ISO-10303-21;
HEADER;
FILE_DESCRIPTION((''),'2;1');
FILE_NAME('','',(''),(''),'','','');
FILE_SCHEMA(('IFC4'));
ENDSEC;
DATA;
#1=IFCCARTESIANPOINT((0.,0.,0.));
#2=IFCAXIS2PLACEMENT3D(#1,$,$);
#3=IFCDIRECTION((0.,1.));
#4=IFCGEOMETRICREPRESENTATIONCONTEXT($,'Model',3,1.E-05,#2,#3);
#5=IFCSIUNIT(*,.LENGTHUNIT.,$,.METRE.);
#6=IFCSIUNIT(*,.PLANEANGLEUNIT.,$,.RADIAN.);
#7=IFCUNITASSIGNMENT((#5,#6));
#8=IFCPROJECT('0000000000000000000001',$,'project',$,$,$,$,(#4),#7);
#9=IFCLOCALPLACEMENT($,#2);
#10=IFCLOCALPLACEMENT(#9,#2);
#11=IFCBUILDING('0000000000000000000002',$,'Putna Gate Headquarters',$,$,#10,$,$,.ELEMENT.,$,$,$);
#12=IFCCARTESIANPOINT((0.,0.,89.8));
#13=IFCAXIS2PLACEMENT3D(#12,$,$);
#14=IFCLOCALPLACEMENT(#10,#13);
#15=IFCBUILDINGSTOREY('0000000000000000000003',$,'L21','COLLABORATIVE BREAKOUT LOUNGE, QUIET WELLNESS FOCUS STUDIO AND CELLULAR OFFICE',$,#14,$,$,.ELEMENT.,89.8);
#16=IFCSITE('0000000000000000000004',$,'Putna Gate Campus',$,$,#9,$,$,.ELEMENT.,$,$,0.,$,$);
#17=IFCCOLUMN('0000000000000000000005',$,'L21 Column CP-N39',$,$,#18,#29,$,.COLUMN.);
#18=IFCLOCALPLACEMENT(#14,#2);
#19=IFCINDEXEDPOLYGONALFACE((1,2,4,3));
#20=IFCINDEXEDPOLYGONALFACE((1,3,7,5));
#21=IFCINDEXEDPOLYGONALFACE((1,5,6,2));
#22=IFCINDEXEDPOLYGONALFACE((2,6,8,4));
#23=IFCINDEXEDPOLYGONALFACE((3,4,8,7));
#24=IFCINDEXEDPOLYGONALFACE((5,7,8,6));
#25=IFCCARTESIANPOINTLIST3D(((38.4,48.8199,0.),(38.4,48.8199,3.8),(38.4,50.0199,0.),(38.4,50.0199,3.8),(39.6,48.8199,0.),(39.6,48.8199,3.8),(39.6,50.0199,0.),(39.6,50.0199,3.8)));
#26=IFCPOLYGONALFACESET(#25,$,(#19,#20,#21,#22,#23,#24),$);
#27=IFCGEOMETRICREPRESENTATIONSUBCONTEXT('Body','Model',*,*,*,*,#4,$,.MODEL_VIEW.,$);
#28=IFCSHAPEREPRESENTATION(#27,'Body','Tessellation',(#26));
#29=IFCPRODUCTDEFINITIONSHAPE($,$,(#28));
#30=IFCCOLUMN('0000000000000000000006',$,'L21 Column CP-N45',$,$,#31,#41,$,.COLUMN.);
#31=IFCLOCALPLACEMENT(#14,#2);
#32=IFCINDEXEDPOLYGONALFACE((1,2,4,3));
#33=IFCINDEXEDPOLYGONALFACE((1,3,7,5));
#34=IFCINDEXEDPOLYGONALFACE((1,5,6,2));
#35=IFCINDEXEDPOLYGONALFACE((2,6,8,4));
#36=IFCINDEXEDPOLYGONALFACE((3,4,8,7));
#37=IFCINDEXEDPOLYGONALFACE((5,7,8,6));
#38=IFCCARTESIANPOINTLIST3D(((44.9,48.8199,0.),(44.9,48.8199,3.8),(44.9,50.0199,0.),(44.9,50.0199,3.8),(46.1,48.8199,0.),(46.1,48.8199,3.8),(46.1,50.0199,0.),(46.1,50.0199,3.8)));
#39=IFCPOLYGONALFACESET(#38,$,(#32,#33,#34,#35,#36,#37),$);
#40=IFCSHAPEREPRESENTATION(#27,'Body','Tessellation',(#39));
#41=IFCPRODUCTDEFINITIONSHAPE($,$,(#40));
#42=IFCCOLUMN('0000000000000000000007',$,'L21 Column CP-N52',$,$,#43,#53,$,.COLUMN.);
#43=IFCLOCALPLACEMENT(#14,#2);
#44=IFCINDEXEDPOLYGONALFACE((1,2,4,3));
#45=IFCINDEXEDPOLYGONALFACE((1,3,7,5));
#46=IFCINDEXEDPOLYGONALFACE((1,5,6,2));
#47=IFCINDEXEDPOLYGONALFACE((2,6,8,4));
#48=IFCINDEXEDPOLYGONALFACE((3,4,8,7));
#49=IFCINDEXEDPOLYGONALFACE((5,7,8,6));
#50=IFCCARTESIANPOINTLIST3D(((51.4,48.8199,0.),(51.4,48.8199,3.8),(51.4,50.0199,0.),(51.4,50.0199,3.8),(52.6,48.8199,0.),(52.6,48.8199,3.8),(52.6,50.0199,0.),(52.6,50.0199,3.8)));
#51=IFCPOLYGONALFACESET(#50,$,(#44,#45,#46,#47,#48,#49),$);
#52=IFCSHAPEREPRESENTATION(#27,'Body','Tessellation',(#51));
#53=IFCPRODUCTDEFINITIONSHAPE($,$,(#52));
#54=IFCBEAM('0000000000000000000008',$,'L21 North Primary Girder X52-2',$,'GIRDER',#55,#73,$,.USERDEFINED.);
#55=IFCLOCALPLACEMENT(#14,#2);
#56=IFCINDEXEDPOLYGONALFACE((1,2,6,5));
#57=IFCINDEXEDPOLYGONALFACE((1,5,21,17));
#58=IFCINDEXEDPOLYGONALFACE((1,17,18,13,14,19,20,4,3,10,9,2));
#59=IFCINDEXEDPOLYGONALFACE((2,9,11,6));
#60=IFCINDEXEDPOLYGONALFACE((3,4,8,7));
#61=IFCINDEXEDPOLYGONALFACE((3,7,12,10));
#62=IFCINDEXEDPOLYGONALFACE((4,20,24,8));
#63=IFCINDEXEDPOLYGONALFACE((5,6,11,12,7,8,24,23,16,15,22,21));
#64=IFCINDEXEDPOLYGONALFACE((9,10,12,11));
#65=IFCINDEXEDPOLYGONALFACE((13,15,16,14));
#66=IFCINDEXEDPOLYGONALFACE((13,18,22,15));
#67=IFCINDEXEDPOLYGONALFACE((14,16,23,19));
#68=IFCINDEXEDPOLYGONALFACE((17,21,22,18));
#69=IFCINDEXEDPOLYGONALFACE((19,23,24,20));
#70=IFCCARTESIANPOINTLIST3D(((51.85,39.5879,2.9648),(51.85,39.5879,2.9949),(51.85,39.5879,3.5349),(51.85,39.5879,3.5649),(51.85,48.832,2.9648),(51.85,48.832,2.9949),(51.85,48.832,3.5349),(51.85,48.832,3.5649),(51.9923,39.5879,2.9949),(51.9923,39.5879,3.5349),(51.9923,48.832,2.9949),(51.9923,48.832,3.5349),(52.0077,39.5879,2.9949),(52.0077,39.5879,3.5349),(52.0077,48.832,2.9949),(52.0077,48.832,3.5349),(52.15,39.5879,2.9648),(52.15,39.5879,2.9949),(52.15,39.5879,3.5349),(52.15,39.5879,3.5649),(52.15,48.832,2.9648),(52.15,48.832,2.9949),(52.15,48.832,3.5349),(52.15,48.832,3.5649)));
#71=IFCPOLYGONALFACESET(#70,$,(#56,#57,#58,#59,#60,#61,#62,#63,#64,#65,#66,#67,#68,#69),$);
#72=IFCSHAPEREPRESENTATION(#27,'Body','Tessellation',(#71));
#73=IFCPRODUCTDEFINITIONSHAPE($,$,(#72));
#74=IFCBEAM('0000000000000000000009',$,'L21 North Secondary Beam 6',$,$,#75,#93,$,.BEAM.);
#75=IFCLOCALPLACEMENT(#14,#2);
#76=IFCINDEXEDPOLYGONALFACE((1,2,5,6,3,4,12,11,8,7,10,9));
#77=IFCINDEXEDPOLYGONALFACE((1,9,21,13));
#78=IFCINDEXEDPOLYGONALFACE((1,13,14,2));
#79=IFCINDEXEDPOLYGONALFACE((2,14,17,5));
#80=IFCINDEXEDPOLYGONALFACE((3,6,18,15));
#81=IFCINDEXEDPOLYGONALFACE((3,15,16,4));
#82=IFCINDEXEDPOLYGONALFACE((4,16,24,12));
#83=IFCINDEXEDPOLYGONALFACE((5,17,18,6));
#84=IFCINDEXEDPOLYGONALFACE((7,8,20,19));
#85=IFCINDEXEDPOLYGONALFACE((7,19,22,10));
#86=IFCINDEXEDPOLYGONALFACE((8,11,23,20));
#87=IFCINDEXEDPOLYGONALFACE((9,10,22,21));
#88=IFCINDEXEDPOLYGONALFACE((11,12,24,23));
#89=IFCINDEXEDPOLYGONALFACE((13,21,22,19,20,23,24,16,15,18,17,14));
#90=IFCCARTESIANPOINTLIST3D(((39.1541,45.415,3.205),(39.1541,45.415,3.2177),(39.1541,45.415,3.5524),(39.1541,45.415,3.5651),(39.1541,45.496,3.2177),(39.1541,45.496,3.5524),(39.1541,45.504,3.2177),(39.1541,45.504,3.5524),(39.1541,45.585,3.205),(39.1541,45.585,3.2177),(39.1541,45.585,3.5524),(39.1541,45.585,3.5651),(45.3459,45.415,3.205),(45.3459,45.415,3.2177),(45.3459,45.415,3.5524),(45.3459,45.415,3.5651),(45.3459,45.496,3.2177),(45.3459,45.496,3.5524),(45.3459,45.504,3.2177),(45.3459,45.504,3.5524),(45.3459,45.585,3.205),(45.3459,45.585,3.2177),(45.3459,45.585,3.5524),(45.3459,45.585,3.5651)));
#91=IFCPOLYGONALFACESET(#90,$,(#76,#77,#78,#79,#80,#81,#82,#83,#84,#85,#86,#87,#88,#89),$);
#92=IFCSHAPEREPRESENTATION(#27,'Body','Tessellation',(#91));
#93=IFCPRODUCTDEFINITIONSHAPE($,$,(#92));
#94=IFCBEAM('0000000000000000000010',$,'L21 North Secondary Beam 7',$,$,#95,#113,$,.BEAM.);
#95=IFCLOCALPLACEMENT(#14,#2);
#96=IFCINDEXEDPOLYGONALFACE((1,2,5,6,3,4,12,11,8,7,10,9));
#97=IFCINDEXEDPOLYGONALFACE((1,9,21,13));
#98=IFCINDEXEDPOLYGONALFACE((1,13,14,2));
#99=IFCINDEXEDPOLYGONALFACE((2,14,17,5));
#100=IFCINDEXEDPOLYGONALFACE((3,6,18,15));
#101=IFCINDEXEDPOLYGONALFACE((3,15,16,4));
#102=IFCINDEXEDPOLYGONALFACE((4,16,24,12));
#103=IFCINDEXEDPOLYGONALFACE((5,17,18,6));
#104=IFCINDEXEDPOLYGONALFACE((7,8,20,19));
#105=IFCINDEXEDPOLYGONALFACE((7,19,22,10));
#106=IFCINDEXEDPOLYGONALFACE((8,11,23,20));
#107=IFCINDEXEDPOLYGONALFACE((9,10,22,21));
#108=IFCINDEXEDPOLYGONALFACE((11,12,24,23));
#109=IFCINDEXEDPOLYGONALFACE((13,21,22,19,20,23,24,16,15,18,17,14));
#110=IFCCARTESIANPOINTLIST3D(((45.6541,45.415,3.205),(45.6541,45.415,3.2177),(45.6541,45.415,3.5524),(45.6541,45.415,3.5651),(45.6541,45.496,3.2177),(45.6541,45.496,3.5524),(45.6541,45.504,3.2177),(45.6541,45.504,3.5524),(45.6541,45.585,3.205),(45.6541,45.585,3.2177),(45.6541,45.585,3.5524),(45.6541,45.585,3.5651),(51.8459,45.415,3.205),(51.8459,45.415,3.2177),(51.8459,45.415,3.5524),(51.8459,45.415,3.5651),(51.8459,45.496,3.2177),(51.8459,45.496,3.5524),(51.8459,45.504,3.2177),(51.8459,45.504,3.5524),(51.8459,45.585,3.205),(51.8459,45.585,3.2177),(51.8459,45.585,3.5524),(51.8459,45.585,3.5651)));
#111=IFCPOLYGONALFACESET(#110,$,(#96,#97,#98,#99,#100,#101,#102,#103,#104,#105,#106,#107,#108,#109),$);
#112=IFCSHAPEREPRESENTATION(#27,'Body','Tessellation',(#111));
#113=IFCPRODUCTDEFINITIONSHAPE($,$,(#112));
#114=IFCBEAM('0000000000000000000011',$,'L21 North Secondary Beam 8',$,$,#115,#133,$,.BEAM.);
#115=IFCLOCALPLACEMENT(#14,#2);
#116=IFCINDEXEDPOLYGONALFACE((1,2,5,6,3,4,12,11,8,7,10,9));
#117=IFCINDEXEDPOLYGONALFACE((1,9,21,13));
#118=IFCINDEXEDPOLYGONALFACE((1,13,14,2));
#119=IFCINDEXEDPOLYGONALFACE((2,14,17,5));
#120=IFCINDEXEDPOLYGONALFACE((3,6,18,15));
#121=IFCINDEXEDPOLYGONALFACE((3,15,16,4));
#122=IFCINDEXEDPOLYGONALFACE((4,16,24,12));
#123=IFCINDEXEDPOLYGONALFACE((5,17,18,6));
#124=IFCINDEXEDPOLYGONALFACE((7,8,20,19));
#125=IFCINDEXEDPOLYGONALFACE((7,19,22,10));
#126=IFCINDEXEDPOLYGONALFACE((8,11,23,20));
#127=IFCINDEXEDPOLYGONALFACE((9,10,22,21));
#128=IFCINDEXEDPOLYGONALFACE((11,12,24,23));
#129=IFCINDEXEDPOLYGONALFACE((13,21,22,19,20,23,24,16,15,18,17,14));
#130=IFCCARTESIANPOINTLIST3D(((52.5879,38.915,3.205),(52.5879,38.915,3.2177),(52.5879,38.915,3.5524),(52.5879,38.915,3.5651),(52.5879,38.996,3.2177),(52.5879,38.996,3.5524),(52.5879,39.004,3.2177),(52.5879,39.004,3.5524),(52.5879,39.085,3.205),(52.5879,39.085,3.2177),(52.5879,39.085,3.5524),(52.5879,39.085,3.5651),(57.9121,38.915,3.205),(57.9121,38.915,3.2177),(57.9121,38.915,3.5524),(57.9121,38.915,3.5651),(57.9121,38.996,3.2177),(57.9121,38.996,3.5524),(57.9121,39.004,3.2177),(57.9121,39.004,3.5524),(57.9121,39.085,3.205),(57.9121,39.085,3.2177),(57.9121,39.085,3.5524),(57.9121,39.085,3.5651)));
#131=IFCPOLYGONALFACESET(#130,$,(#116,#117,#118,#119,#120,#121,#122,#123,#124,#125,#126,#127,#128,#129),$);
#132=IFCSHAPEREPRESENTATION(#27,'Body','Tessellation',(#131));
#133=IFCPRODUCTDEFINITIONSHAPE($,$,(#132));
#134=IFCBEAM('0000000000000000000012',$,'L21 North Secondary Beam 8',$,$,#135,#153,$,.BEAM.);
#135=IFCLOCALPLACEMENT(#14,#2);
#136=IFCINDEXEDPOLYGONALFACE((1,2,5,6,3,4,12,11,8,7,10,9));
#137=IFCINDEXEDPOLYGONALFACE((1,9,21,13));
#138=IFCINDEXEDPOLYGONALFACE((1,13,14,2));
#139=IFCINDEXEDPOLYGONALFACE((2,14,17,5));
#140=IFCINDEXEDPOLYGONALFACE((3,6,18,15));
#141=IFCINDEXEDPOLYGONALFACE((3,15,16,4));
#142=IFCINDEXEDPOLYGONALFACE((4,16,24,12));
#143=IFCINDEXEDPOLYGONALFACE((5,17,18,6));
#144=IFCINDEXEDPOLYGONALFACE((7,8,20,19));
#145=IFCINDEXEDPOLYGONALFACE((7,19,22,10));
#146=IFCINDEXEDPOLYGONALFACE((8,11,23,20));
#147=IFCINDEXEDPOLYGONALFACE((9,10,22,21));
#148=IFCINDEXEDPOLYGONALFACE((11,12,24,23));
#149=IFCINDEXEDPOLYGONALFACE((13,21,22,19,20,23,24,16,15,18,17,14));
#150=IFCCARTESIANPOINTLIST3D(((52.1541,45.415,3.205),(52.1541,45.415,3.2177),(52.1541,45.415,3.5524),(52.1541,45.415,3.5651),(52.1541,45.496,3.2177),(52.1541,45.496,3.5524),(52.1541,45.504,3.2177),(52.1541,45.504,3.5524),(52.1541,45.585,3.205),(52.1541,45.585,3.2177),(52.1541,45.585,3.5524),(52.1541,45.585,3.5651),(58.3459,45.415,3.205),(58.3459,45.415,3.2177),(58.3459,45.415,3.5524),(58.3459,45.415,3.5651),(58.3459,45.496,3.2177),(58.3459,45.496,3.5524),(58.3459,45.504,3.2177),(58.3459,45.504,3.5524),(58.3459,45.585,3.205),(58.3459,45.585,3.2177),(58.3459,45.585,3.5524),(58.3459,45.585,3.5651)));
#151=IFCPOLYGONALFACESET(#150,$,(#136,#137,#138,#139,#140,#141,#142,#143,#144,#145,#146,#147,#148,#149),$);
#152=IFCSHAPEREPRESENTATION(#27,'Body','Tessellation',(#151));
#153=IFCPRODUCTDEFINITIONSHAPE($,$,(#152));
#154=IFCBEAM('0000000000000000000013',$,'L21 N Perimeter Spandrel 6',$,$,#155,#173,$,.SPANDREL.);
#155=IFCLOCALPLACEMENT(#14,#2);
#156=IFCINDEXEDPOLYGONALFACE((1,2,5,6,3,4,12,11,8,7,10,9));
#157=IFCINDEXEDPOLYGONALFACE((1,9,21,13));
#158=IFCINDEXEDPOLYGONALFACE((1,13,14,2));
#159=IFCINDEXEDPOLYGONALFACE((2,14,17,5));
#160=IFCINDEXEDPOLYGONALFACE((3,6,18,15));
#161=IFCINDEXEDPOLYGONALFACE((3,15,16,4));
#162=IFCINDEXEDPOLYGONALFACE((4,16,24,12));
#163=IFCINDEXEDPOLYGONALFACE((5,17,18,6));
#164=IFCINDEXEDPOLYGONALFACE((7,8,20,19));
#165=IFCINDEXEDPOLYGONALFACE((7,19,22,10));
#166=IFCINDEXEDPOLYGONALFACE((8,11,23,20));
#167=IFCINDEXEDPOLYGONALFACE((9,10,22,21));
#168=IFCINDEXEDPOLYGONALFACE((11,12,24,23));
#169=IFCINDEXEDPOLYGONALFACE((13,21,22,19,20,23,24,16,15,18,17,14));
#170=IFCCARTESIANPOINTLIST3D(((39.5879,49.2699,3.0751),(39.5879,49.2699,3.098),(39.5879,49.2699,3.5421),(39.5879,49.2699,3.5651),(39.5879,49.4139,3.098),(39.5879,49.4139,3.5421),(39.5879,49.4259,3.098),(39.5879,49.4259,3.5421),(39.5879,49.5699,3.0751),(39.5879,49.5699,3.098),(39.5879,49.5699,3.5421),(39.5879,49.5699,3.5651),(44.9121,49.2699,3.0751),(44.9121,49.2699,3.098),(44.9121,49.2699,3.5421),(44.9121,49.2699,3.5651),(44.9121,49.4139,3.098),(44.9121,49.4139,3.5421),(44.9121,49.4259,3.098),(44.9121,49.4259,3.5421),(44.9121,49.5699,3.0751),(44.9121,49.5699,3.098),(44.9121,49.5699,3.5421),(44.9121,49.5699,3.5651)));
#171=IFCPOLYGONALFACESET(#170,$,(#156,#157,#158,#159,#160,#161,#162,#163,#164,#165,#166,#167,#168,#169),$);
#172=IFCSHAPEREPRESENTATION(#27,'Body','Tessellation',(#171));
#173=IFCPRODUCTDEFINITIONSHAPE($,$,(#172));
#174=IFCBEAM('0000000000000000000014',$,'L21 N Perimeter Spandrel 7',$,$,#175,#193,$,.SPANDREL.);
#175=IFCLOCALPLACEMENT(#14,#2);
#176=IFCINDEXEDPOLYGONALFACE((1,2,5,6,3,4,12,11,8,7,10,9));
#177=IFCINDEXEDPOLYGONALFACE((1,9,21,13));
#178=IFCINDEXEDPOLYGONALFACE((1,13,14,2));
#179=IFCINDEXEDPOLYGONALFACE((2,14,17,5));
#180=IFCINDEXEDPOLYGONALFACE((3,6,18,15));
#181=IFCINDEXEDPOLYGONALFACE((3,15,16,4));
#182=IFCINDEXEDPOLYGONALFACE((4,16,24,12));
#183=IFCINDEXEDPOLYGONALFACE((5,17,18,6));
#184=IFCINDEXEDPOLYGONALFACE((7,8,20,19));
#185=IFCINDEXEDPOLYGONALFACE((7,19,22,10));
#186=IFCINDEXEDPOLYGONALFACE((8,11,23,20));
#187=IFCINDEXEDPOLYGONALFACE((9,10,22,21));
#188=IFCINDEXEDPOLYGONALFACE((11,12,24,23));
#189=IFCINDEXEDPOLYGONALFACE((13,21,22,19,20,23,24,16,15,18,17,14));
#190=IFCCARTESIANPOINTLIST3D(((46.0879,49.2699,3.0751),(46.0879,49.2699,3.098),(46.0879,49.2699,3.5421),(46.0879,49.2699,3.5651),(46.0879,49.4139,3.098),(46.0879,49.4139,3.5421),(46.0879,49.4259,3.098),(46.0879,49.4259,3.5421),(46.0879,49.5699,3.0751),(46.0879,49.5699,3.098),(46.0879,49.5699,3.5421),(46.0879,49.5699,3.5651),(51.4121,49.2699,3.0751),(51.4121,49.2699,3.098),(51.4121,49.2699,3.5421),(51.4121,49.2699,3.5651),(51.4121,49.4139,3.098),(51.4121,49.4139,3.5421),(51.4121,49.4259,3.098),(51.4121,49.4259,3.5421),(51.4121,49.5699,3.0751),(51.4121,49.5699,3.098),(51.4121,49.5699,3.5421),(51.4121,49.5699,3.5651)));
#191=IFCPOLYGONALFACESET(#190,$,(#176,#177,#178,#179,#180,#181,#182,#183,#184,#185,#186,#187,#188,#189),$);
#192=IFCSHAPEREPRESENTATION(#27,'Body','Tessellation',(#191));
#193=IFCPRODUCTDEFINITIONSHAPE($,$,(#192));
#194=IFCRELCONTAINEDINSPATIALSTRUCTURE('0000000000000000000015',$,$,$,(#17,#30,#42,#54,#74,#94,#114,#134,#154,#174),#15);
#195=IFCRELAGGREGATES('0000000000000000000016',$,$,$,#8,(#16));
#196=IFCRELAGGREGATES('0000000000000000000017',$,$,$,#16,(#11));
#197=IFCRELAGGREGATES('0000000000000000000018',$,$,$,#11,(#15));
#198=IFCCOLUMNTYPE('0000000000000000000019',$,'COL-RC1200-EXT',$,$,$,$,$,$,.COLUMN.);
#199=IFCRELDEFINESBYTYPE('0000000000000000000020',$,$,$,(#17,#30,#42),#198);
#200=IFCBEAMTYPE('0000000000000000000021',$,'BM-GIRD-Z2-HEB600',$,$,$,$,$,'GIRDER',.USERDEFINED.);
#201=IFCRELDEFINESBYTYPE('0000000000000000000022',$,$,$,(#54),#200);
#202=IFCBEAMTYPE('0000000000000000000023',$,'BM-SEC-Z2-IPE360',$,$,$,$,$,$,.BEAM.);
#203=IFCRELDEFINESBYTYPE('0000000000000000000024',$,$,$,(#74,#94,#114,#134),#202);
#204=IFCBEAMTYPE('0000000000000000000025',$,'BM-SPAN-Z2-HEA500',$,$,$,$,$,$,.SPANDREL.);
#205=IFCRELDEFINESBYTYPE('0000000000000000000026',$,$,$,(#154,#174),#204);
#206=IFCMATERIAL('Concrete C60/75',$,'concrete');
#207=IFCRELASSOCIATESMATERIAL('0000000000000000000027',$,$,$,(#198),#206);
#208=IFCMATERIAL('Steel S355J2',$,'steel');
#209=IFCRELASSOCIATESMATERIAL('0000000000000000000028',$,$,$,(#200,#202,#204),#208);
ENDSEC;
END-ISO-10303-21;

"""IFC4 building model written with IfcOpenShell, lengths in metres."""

from ifc_helpers import new_model, si_unit, direction, frame, origin, origin_2d, place, context, subcontext, project, spatial, rectangle, i_section, extrude, material, material_profile, profile_set, type_object, element, save


model = new_model("IFC4")

# Units and contexts
model_context = context("Model", 3, precision=1e-05, world=origin(), true_north=direction((0.0, 1.0)))
body_context = subcontext(model_context, "Body", "Model", "MODEL_VIEW")
ifc_project = project(units=[si_unit("LENGTHUNIT", "METRE"), si_unit("PLANEANGLEUNIT", "RADIAN")], contexts=[model_context])

# Site, building, storey
site_placement = place(None, origin())
site = spatial("IfcSite", under=ifc_project, at=site_placement, Name="Putna Gate Campus", CompositionType="ELEMENT", RefElevation=0.0)
building_placement = place(site_placement, origin())
building = spatial("IfcBuilding", under=site, at=building_placement, Name="Putna Gate Headquarters", CompositionType="ELEMENT")
storey_placement = place(building_placement, frame((0.0, 0.0, 89.8)))
storey = spatial("IfcBuildingStorey", under=building, at=storey_placement, Name="L21", Description="COLLABORATIVE BREAKOUT LOUNGE, QUIET WELLNESS FOCUS STUDIO AND CELLULAR OFFICE", CompositionType="ELEMENT", Elevation=89.8)

# Columns
ifc_material_1 = material(Name="Concrete C60/75", Category="concrete")
ifc_material_profile_1 = material_profile(ifc_material_1, rectangle(XDim=1.2, YDim=1.2, at=origin_2d()), Name="Concrete C60/75")
ifc_profile_set_1 = profile_set([ifc_material_profile_1], Name="Concrete C60/75")
column_type = type_object("IfcColumnType", Name="COL-RC1200-EXT", PredefinedType="COLUMN", material=ifc_profile_set_1)
for number, where, z_axis, x_axis, name in (
    (1, (39.0, 49.4199, 0.0), (0.0, 0.0, 1.0), (1.0, 0.0, 0.0), "L21 Column CP-N39"),
    (2, (45.5, 49.4199, 0.0), (0.0, 0.0, 1.0), (1.0, 0.0, 0.0), "L21 Column CP-N45"),
    (3, (52.0, 49.4199, 0.0), (0.0, 0.0, 1.0), (1.0, 0.0, 0.0), "L21 Column CP-N52"),
):
    element("IfcColumn", number, at=place(storey_placement, frame(where, z_axis=z_axis, x_axis=x_axis)), inside=storey, type_object=column_type, Name=name, PredefinedType="COLUMN", context=body_context, shape_type="SweptSolid", body=[
        extrude(rectangle(XDim=1.2, YDim=1.2, at=origin_2d()), origin(), (0.0, 0.0, 1.0), 3.8),
    ])

# Beams
ifc_material_2 = material(Name="Steel S355J2", Category="steel")
ifc_material_profile_2 = material_profile(ifc_material_2, i_section(OverallWidth=0.3, OverallDepth=0.6001, WebThickness=0.0154, FlangeThickness=0.03, at=origin_2d()), Name="Steel S355J2")
ifc_profile_set_2 = profile_set([ifc_material_profile_2], Name="Steel S355J2")
beam_type_1 = type_object("IfcBeamType", Name="BM-GIRD-Z2-HEB600", ElementType="GIRDER", PredefinedType="USERDEFINED", material=ifc_profile_set_2)
beam_1_placement = place(storey_placement, frame((52.0, 39.5879, 3.2649), z_axis=(0.0, 1.0, 0.0), x_axis=(-1.0, 0.0, 0.0)))
element("IfcBeam", 4, at=beam_1_placement, inside=storey, type_object=beam_type_1, Name="L21 North Primary Girder X52-2", ObjectType="GIRDER", PredefinedType="USERDEFINED", context=body_context, shape_type="SweptSolid", body=[
    extrude(i_section(OverallWidth=0.3, OverallDepth=0.6001, WebThickness=0.0154, FlangeThickness=0.03, at=origin_2d()), origin(), (0.0, 0.0, 1.0), 9.2441),
])
ifc_material_profile_3 = material_profile(ifc_material_2, i_section(OverallWidth=0.1699, OverallDepth=0.3601, WebThickness=0.0081, FlangeThickness=0.0127, at=origin_2d()), Name="Steel S355J2")
ifc_profile_set_3 = profile_set([ifc_material_profile_3], Name="Steel S355J2")
beam_type_2 = type_object("IfcBeamType", Name="BM-SEC-Z2-IPE360", PredefinedType="BEAM", material=ifc_profile_set_3)
for number, where, z_axis, x_axis, name in (
    (5, (39.1541, 45.5, 3.385), (1.0, 0.0, 0.0), (0.0, 1.0, 0.0), "L21 North Secondary Beam 6"),
    (6, (45.6541, 45.5, 3.385), (1.0, 0.0, 0.0), (0.0, 1.0, 0.0), "L21 North Secondary Beam 7"),
):
    element("IfcBeam", number, at=place(storey_placement, frame(where, z_axis=z_axis, x_axis=x_axis)), inside=storey, type_object=beam_type_2, Name=name, PredefinedType="BEAM", context=body_context, shape_type="SweptSolid", body=[
        extrude(i_section(OverallWidth=0.1699, OverallDepth=0.3601, WebThickness=0.0081, FlangeThickness=0.0127, at=origin_2d()), origin(), (0.0, 0.0, 1.0), 6.1919),
    ])
beam_2_placement = place(storey_placement, frame((52.5879, 39.0, 3.385), z_axis=(1.0, 0.0, 0.0), x_axis=(0.0, 1.0, 0.0)))
element("IfcBeam", 7, at=beam_2_placement, inside=storey, type_object=beam_type_2, Name="L21 North Secondary Beam 8", PredefinedType="BEAM", context=body_context, shape_type="SweptSolid", body=[
    extrude(i_section(OverallWidth=0.1699, OverallDepth=0.3601, WebThickness=0.0081, FlangeThickness=0.0127, at=origin_2d()), origin(), (0.0, 0.0, 1.0), 5.3242),
])
beam_3_placement = place(storey_placement, frame((52.1541, 45.5, 3.385), z_axis=(1.0, 0.0, 0.0), x_axis=(0.0, 1.0, 0.0)))
element("IfcBeam", 8, at=beam_3_placement, inside=storey, type_object=beam_type_2, Name="L21 North Secondary Beam 8", PredefinedType="BEAM", context=body_context, shape_type="SweptSolid", body=[
    extrude(i_section(OverallWidth=0.1699, OverallDepth=0.3601, WebThickness=0.0081, FlangeThickness=0.0127, at=origin_2d()), origin(), (0.0, 0.0, 1.0), 6.1919),
])
ifc_material_profile_4 = material_profile(ifc_material_2, i_section(OverallWidth=0.3, OverallDepth=0.49, WebThickness=0.012, FlangeThickness=0.0229, at=origin_2d()), Name="Steel S355J2")
ifc_profile_set_4 = profile_set([ifc_material_profile_4], Name="Steel S355J2")
beam_type_3 = type_object("IfcBeamType", Name="BM-SPAN-Z2-HEA500", PredefinedType="SPANDREL", material=ifc_profile_set_4)
for number, where, z_axis, x_axis, name in (
    (9, (39.5879, 49.4199, 3.3201), (1.0, 0.0, 0.0), (0.0, 1.0, 0.0), "L21 N Perimeter Spandrel 6"),
    (10, (46.0879, 49.4199, 3.3201), (1.0, 0.0, 0.0), (0.0, 1.0, 0.0), "L21 N Perimeter Spandrel 7"),
):
    element("IfcBeam", number, at=place(storey_placement, frame(where, z_axis=z_axis, x_axis=x_axis)), inside=storey, type_object=beam_type_3, Name=name, PredefinedType="SPANDREL", context=body_context, shape_type="SweptSolid", body=[
        extrude(i_section(OverallWidth=0.3, OverallDepth=0.49, WebThickness=0.012, FlangeThickness=0.0229, at=origin_2d()), origin(), (0.0, 0.0, 1.0), 5.3242),
    ])

save(model, "model.ifc")
